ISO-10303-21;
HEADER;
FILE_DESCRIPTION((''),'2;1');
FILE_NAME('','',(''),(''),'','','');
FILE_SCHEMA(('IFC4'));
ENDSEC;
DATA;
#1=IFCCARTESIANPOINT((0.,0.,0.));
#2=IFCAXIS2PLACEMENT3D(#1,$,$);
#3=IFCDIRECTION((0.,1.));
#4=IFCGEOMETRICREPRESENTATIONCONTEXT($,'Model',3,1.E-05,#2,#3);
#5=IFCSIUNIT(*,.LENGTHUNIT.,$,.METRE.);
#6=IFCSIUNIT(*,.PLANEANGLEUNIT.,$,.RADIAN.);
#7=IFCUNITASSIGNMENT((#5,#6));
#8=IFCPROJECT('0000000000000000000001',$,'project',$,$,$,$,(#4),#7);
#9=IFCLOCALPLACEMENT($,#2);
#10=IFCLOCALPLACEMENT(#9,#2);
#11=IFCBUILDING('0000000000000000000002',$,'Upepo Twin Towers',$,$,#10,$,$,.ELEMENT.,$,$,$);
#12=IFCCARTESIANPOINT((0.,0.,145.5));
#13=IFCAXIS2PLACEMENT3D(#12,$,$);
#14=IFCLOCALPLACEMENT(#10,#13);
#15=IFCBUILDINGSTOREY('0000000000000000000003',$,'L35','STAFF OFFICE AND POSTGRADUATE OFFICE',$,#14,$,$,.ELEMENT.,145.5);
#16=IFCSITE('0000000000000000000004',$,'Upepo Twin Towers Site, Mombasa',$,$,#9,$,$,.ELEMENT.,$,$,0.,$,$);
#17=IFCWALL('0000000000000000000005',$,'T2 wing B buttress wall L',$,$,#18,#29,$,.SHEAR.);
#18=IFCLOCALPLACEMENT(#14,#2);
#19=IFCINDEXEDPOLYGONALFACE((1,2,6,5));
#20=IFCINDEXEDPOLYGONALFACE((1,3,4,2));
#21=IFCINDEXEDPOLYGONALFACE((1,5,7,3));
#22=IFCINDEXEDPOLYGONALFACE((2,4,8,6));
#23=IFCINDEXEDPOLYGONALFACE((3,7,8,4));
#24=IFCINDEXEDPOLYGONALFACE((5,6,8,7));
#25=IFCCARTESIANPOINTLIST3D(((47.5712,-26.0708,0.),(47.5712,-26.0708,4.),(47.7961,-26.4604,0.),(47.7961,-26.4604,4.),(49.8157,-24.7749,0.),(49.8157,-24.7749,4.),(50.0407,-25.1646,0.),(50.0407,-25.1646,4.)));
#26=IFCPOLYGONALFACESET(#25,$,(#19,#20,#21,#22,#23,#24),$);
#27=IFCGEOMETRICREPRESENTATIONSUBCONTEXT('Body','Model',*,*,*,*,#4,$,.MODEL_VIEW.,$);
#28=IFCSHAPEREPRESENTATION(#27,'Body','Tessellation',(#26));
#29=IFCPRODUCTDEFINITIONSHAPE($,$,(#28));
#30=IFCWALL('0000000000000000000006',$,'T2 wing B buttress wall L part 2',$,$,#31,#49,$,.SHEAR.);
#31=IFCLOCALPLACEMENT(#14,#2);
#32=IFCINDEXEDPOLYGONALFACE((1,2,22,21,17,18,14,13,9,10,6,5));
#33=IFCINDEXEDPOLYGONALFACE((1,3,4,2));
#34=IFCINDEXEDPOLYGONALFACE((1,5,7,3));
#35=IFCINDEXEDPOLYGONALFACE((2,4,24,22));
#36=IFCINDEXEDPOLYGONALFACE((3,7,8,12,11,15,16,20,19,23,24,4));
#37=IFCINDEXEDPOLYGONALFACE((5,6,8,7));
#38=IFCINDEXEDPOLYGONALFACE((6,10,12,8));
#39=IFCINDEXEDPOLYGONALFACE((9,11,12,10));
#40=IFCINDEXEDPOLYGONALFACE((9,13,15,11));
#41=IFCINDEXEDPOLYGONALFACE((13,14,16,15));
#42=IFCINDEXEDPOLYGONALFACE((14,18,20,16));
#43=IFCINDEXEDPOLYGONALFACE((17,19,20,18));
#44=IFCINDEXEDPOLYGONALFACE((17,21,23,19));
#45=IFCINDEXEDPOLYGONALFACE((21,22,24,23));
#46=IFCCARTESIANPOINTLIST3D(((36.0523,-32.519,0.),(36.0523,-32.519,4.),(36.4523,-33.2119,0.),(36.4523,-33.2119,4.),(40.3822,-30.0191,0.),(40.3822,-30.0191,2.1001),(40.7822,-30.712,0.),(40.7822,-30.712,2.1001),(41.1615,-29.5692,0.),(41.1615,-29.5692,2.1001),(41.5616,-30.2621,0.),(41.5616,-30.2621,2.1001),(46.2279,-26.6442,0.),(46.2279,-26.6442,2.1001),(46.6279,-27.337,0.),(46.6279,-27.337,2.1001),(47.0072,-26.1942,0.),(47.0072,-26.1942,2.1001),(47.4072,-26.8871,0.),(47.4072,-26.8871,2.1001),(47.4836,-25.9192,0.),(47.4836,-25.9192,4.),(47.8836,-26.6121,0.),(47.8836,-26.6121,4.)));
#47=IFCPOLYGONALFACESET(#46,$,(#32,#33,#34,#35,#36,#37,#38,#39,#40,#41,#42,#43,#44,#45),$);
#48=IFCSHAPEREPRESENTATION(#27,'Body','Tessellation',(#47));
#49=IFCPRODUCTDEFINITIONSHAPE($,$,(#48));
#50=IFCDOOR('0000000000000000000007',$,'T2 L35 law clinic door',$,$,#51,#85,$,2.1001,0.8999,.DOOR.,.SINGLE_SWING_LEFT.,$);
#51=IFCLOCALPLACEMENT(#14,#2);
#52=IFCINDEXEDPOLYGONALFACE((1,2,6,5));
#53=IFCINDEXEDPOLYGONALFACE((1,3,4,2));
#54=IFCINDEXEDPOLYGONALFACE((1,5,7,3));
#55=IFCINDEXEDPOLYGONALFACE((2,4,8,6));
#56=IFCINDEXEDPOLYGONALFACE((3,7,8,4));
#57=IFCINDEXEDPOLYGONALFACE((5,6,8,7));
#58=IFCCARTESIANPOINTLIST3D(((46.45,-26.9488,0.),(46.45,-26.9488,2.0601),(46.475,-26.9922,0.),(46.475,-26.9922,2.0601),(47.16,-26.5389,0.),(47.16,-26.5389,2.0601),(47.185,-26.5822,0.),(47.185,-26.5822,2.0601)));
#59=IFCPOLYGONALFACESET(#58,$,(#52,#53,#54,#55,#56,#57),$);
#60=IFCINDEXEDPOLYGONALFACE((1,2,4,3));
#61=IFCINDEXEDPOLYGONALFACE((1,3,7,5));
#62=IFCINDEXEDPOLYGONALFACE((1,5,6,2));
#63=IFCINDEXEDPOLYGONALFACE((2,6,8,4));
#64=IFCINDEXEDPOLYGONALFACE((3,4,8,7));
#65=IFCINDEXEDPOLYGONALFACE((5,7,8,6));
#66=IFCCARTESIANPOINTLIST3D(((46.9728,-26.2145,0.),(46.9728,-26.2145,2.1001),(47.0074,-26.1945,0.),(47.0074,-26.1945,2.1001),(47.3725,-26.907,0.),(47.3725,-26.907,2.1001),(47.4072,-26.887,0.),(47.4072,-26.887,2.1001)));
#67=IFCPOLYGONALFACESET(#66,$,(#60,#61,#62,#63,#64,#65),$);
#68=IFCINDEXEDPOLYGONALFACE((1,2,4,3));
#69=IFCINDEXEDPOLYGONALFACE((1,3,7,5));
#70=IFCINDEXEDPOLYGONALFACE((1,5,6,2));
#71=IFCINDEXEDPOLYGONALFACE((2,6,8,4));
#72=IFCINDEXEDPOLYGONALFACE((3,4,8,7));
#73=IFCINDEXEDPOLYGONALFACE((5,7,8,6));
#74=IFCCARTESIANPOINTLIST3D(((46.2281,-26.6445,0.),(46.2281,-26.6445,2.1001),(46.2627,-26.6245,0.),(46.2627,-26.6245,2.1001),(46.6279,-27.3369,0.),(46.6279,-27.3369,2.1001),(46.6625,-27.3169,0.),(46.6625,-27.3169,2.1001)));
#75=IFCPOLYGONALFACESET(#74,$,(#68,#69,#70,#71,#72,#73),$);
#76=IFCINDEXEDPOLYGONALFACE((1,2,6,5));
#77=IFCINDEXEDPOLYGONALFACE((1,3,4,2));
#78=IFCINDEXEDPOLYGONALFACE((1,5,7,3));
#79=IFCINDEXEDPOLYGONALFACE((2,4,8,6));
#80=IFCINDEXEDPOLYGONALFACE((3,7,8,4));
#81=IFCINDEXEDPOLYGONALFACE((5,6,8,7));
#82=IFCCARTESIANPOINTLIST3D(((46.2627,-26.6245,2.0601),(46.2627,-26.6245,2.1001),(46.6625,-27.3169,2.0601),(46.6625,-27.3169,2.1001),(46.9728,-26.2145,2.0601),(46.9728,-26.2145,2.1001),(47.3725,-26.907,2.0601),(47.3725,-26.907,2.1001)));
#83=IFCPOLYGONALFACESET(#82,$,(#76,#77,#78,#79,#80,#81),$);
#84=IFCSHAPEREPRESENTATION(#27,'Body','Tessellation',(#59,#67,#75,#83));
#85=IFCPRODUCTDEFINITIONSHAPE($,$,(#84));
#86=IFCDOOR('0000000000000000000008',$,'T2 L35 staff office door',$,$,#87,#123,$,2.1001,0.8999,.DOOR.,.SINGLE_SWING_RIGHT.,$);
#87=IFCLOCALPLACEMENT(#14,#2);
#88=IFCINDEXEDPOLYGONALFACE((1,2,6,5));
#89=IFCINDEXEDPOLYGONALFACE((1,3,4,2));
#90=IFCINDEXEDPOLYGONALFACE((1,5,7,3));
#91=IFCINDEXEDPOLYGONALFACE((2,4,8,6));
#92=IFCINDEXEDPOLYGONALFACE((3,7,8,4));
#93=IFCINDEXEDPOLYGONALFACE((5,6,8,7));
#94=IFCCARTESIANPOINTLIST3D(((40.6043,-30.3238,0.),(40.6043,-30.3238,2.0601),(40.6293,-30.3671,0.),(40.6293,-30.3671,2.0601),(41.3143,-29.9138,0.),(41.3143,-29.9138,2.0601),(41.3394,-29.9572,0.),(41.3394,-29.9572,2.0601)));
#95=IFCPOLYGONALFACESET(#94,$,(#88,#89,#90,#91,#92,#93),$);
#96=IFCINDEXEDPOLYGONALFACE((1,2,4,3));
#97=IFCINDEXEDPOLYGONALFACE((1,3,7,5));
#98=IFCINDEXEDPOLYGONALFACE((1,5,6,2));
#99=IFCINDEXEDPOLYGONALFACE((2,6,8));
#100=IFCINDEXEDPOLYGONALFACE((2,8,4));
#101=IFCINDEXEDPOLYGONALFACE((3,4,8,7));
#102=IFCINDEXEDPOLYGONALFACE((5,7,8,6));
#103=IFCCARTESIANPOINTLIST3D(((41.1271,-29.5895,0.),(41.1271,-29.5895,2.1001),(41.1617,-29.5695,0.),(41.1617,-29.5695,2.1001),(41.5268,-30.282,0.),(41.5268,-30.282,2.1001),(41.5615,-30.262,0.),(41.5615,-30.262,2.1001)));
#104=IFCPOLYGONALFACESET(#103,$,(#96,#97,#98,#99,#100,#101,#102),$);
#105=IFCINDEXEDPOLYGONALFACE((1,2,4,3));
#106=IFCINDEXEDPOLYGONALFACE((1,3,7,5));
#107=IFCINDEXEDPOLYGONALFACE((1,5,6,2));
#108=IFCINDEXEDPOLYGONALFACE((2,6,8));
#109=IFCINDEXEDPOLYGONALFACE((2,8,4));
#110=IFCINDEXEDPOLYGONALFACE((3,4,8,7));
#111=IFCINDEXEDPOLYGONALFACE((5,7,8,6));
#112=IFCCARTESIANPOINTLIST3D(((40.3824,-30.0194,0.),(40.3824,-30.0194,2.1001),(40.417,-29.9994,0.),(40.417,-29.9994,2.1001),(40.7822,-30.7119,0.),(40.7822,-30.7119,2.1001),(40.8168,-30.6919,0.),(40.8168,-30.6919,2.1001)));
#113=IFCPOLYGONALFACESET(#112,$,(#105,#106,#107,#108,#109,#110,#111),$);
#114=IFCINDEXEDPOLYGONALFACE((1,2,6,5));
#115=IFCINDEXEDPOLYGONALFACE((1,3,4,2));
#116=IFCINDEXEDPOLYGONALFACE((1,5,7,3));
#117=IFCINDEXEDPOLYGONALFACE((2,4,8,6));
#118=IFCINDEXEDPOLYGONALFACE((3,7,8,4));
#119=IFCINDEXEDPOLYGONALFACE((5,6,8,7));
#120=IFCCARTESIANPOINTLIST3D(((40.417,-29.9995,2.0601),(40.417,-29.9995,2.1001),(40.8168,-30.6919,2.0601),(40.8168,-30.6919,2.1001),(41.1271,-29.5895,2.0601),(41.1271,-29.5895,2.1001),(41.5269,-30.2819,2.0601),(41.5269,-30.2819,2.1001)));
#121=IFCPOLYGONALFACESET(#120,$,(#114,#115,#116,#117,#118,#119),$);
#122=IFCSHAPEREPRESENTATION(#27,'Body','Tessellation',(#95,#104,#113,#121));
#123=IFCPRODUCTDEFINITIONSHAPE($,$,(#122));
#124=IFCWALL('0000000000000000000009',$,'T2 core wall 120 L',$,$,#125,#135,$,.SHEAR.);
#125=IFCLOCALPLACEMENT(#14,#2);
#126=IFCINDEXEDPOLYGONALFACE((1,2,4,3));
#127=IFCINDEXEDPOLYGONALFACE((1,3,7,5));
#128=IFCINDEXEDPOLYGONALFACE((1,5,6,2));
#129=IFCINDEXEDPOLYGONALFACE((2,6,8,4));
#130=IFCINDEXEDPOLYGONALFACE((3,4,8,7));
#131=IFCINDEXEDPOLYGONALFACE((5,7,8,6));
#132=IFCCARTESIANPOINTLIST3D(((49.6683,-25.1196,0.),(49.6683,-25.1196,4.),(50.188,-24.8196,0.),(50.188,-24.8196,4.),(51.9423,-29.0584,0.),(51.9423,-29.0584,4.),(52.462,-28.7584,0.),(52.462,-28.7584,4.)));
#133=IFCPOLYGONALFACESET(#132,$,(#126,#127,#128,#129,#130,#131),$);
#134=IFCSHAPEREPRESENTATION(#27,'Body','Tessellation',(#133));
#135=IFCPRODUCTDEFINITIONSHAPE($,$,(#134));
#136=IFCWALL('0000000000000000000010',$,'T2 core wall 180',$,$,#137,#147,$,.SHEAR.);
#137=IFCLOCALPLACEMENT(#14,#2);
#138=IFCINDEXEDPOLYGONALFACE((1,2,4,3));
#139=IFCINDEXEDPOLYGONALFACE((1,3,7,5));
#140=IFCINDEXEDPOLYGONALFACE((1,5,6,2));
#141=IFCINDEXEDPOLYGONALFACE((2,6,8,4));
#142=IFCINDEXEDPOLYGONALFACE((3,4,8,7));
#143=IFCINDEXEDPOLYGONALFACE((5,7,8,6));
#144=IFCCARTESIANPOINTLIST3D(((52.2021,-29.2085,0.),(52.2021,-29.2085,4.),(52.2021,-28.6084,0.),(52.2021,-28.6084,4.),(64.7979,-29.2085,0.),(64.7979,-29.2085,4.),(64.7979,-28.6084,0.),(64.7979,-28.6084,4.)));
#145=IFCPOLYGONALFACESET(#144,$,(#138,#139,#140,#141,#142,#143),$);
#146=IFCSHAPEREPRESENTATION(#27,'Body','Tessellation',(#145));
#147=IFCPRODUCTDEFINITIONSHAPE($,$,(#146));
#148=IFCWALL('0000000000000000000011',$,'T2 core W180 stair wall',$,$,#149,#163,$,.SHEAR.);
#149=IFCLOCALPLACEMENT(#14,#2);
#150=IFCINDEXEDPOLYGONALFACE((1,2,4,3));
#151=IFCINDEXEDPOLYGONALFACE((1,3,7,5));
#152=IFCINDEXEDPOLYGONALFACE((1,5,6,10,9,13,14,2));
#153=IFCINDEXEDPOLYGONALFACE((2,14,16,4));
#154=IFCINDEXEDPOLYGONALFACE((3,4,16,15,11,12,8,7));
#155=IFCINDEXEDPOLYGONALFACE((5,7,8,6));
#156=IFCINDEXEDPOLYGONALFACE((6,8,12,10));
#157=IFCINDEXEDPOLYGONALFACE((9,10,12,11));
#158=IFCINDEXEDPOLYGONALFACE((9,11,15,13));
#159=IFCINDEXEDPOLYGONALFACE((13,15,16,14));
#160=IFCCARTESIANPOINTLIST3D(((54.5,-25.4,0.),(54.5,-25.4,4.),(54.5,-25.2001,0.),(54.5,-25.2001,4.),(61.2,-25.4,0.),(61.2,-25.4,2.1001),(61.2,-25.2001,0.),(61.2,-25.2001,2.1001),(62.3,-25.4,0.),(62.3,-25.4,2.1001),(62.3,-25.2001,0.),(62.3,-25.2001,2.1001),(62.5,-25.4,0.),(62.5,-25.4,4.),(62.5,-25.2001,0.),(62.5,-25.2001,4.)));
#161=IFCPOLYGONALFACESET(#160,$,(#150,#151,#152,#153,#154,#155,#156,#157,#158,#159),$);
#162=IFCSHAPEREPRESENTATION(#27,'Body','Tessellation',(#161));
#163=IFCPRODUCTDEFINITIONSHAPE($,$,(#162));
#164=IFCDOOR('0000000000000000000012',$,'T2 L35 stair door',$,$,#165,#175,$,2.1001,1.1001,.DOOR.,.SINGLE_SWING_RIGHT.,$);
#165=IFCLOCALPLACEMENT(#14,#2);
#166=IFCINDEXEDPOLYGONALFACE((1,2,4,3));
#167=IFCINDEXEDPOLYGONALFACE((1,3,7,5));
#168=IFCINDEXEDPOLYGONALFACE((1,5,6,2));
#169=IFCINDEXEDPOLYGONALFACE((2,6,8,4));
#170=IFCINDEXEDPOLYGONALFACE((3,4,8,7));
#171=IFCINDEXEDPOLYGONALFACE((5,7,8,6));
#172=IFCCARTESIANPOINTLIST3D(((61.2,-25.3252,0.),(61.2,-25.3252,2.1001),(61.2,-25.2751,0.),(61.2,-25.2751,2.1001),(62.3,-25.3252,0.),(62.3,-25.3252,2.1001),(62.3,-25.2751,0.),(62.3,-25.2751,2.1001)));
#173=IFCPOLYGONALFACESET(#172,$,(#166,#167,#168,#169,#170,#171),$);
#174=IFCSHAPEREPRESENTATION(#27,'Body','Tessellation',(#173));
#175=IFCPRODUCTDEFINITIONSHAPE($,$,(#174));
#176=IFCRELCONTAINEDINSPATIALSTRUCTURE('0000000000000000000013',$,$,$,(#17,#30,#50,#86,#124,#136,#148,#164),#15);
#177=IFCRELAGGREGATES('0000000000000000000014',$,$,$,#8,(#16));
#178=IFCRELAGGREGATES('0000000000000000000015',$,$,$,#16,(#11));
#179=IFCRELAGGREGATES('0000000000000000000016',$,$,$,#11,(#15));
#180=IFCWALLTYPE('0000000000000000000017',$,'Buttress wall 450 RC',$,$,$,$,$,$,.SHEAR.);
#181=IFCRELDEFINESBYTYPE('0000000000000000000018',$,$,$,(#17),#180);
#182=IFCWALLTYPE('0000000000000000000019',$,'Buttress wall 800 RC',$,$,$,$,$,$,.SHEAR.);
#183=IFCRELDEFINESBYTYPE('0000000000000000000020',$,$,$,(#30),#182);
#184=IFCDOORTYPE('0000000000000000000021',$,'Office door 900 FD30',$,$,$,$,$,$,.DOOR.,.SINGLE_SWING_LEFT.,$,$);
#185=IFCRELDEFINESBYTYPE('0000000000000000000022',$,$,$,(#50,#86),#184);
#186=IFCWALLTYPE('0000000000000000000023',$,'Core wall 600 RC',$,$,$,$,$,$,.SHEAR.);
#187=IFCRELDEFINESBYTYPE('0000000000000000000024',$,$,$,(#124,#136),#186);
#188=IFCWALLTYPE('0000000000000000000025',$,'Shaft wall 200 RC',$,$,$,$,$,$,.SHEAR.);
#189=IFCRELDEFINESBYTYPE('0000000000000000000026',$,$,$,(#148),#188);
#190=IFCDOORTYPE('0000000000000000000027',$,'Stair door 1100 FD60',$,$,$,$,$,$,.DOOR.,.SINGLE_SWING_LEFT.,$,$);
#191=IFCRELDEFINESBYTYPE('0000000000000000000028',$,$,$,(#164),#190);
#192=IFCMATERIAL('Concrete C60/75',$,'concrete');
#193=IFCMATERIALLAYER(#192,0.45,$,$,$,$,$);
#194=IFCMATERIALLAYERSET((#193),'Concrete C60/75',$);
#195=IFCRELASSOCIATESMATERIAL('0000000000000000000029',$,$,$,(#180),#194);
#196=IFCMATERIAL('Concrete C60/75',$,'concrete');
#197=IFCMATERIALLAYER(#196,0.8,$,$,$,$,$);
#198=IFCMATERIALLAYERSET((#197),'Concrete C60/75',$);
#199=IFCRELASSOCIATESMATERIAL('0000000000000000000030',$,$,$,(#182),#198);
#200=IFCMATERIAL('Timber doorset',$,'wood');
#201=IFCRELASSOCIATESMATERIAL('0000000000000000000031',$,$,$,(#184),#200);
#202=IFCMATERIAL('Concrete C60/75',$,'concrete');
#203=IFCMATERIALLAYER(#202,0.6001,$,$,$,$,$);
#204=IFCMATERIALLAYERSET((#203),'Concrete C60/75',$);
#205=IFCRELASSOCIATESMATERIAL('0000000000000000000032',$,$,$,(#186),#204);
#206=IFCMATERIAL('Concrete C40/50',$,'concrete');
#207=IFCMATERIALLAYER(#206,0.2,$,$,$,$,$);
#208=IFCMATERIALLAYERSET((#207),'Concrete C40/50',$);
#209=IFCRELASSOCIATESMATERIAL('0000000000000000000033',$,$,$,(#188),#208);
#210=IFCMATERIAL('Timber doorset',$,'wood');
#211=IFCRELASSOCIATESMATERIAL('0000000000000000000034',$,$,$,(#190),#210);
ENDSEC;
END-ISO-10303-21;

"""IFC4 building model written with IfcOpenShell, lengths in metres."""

from ifc_helpers import new_model, si_unit, direction, frame, frame_2d, origin, place, context, subcontext, project, spatial, rectangle, extrude, material, layer, layer_set, type_object, element, fill, save


model = new_model("IFC4")

# Units and contexts
model_context = context("Model", 3, precision=1e-05, world=origin(), true_north=direction((0.0, 1.0)))
body_context = subcontext(model_context, "Body", "Model", "MODEL_VIEW")
ifc_project = project(units=[si_unit("LENGTHUNIT", "METRE"), si_unit("PLANEANGLEUNIT", "RADIAN")], contexts=[model_context])

# Site, building, storey
site_placement = place(None, origin())
site = spatial("IfcSite", under=ifc_project, at=site_placement, Name="Upepo Twin Towers Site, Mombasa", CompositionType="ELEMENT", RefElevation=0.0)
building_placement = place(site_placement, origin())
building = spatial("IfcBuilding", under=site, at=building_placement, Name="Upepo Twin Towers", CompositionType="ELEMENT")
storey_placement = place(building_placement, frame((0.0, 0.0, 145.5)))
storey = spatial("IfcBuildingStorey", under=building, at=storey_placement, Name="L35", Description="STAFF OFFICE AND POSTGRADUATE OFFICE", CompositionType="ELEMENT", Elevation=145.5)

# Wall
ifc_material_1 = material(Name="Concrete C60/75", Category="concrete")
ifc_layer_1 = layer(ifc_material_1, 0.45)
ifc_layer_set_1 = layer_set([ifc_layer_1], Name="Concrete C60/75")
wall_type_1 = type_object("IfcWallType", Name="Buttress wall 450 RC", PredefinedType="SHEAR", material=ifc_layer_set_1)
wall_1_placement = place(storey_placement, frame((49.9282, -24.9697, 0.0), z_axis=(0.0, 0.0, 1.0), x_axis=(-0.866032, -0.499989, 0.0)))
element("IfcWall", 1, at=wall_1_placement, inside=storey, type_object=wall_type_1, Name="T2 wing B buttress wall L", PredefinedType="SHEAR", context=body_context, shape_type="SweptSolid", body=[
    extrude(rectangle(XDim=2.5918, YDim=0.45, at=frame_2d((1.2959, 0.0))), origin(), (0.0, 0.0, 1.0), 4.0),
])

# Wall, openings, doors
ifc_material_2 = material(Name="Concrete C60/75", Category="concrete")
ifc_layer_2 = layer(ifc_material_2, 0.8)
ifc_layer_set_2 = layer_set([ifc_layer_2], Name="Concrete C60/75")
wall_type_2 = type_object("IfcWallType", Name="Buttress wall 800 RC", PredefinedType="SHEAR", material=ifc_layer_set_2)
wall_2_placement = place(storey_placement, frame((47.6836, -26.2656, 0.0), z_axis=(0.0, 0.0, 1.0), x_axis=(-0.866028, -0.499996, 0.0)))
wall_2 = element("IfcWall", 2, at=wall_2_placement, inside=storey, type_object=wall_type_2, Name="T2 wing B buttress wall L part 2", PredefinedType="SHEAR", context=body_context, shape_type="SweptSolid", body=[
    extrude(rectangle(XDim=13.1997, YDim=0.8, at=frame_2d((6.5999, 0.0))), origin(), (0.0, 0.0, 1.0), 4.0),
])
opening_1_placement = place(wall_2_placement, frame((0.55, 0.0, 0.0)))
opening_1 = element("IfcOpeningElement", 3, at=opening_1_placement, cuts=wall_2, PredefinedType="OPENING", context=body_context, shape_type="SweptSolid", body=[
    extrude(rectangle(XDim=0.8999, YDim=2.1001, at=frame_2d((0.45, 1.05))), frame((0.0, 0.4099, 0.0), z_axis=(0.0, -1.0, 0.0), x_axis=(1.0, 0.0, 0.0)), (0.0, 0.0, 1.0), 0.8201),
])
opening_2_placement = place(wall_2_placement, frame((7.3, 0.0, 0.0)))
opening_2 = element("IfcOpeningElement", 4, at=opening_2_placement, cuts=wall_2, PredefinedType="OPENING", context=body_context, shape_type="SweptSolid", body=[
    extrude(rectangle(XDim=0.8999, YDim=2.1001, at=frame_2d((0.45, 1.05))), frame((0.0, 0.4099, 0.0), z_axis=(0.0, -1.0, 0.0), x_axis=(1.0, 0.0, 0.0)), (0.0, 0.0, 1.0), 0.8201),
])
ifc_material_3 = material(Name="Timber doorset", Category="wood")
door_type_1 = type_object("IfcDoorType", Name="Office door 900 FD30", OperationType="SINGLE_SWING_LEFT", PredefinedType="DOOR", material=ifc_material_3)
door_1_placement = place(opening_1_placement, origin())
door_1 = element("IfcDoor", 5, at=door_1_placement, inside=storey, type_object=door_type_1, Name="T2 L35 law clinic door", OperationType="SINGLE_SWING_LEFT", OverallHeight=2.1001, OverallWidth=0.8999, PredefinedType="DOOR", context=body_context, shape_type="SweptSolid", body=[
    extrude(rectangle(XDim=0.8199, YDim=2.0601, at=frame_2d((0.45, 1.03))), frame((0.0, 0.0249, 0.0), z_axis=(0.0, -1.0, 0.0), x_axis=(1.0, 0.0, 0.0)), (0.0, 0.0, 1.0), 0.05),
    extrude(rectangle(XDim=0.04, YDim=2.1001, at=frame_2d((0.02, 1.05))), frame((0.0, 0.3999, 0.0), z_axis=(0.0, -1.0, 0.0), x_axis=(1.0, 0.0, 0.0)), (0.0, 0.0, 1.0), 0.7996),
    extrude(rectangle(XDim=0.04, YDim=2.1001, at=frame_2d((0.8799, 1.05))), frame((0.0, 0.3999, 0.0), z_axis=(0.0, -1.0, 0.0), x_axis=(1.0, 0.0, 0.0)), (0.0, 0.0, 1.0), 0.7996),
    extrude(rectangle(XDim=0.8199, YDim=0.04, at=frame_2d((0.45, 2.0801))), frame((0.0, 0.3999, 0.0), z_axis=(0.0, -1.0, 0.0), x_axis=(1.0, 0.0, 0.0)), (0.0, 0.0, 1.0), 0.7996),
])
fill(opening_1, door_1)
door_2_placement = place(opening_2_placement, origin())
door_2 = element("IfcDoor", 6, at=door_2_placement, inside=storey, type_object=door_type_1, Name="T2 L35 staff office door", OperationType="SINGLE_SWING_RIGHT", OverallHeight=2.1001, OverallWidth=0.8999, PredefinedType="DOOR", context=body_context, shape_type="SweptSolid", body=[
    extrude(rectangle(XDim=0.8199, YDim=2.0601, at=frame_2d((0.45, 1.03))), frame((0.0, 0.0249, 0.0), z_axis=(0.0, -1.0, 0.0), x_axis=(1.0, 0.0, 0.0)), (0.0, 0.0, 1.0), 0.05),
    extrude(rectangle(XDim=0.04, YDim=2.1001, at=frame_2d((0.02, 1.05))), frame((0.0, 0.3999, 0.0), z_axis=(0.0, -1.0, 0.0), x_axis=(1.0, 0.0, 0.0)), (0.0, 0.0, 1.0), 0.7996),
    extrude(rectangle(XDim=0.04, YDim=2.1001, at=frame_2d((0.8799, 1.05))), frame((0.0, 0.3999, 0.0), z_axis=(0.0, -1.0, 0.0), x_axis=(1.0, 0.0, 0.0)), (0.0, 0.0, 1.0), 0.7996),
    extrude(rectangle(XDim=0.8199, YDim=0.04, at=frame_2d((0.45, 2.0801))), frame((0.0, 0.3999, 0.0), z_axis=(0.0, -1.0, 0.0), x_axis=(1.0, 0.0, 0.0)), (0.0, 0.0, 1.0), 0.7996),
])
fill(opening_2, door_2)

# Walls
ifc_material_4 = material(Name="Concrete C60/75", Category="concrete")
ifc_layer_3 = layer(ifc_material_4, 0.6001)
ifc_layer_set_3 = layer_set([ifc_layer_3], Name="Concrete C60/75")
wall_type_3 = type_object("IfcWallType", Name="Core wall 600 RC", PredefinedType="SHEAR", material=ifc_layer_set_3)
wall_3_placement = place(storey_placement, frame((49.9282, -24.9697, 0.0), z_axis=(0.0, 0.0, 1.0), x_axis=(0.499984, -0.866035, 0.0)))
element("IfcWall", 7, at=wall_3_placement, inside=storey, type_object=wall_type_3, Name="T2 core wall 120 L", PredefinedType="SHEAR", context=body_context, shape_type="SweptSolid", body=[
    extrude(rectangle(XDim=4.5481, YDim=0.6001, at=frame_2d((2.2739, 0.0))), origin(), (0.0, 0.0, 1.0), 4.0),
])
wall_4_placement = place(storey_placement, frame((52.2021, -28.9084, 0.0), z_axis=(0.0, 0.0, 1.0), x_axis=(1.0, 0.0, 0.0)))
element("IfcWall", 8, at=wall_4_placement, inside=storey, type_object=wall_type_3, Name="T2 core wall 180", PredefinedType="SHEAR", context=body_context, shape_type="SweptSolid", body=[
    extrude(rectangle(XDim=12.5957, YDim=0.6001, at=frame_2d((6.2979, 0.0))), origin(), (0.0, 0.0, 1.0), 4.0),
])

# Wall, opening, door
ifc_material_5 = material(Name="Concrete C40/50", Category="concrete")
ifc_layer_4 = layer(ifc_material_5, 0.2)
ifc_layer_set_4 = layer_set([ifc_layer_4], Name="Concrete C40/50")
wall_type_4 = type_object("IfcWallType", Name="Shaft wall 200 RC", PredefinedType="SHEAR", material=ifc_layer_set_4)
wall_5_placement = place(storey_placement, frame((54.5, -25.3, 0.0), z_axis=(0.0, 0.0, 1.0), x_axis=(1.0, 0.0, 0.0)))
wall_5 = element("IfcWall", 9, at=wall_5_placement, inside=storey, type_object=wall_type_4, Name="T2 core W180 stair wall", PredefinedType="SHEAR", context=body_context, shape_type="SweptSolid", body=[
    extrude(rectangle(XDim=8.0, YDim=0.2, at=frame_2d((4.0, 0.0))), origin(), (0.0, 0.0, 1.0), 4.0),
])
opening_3_placement = place(wall_5_placement, frame((6.7, 0.0, 0.0)))
opening_3 = element("IfcOpeningElement", 10, at=opening_3_placement, cuts=wall_5, PredefinedType="OPENING", context=body_context, shape_type="SweptSolid", body=[
    extrude(rectangle(XDim=1.1001, YDim=2.1001, at=frame_2d((0.55, 1.05))), frame((0.0, 0.1099, 0.0), z_axis=(0.0, -1.0, 0.0), x_axis=(1.0, 0.0, 0.0)), (0.0, 0.0, 1.0), 0.22),
])
ifc_material_6 = material(Name="Timber doorset", Category="wood")
door_type_2 = type_object("IfcDoorType", Name="Stair door 1100 FD60", OperationType="SINGLE_SWING_LEFT", PredefinedType="DOOR", material=ifc_material_6)
door_3_placement = place(opening_3_placement, origin())
door_3 = element("IfcDoor", 11, at=door_3_placement, inside=storey, type_object=door_type_2, Name="T2 L35 stair door", OperationType="SINGLE_SWING_RIGHT", OverallHeight=2.1001, OverallWidth=1.1001, PredefinedType="DOOR", context=body_context, shape_type="SweptSolid", body=[
    extrude(rectangle(XDim=1.1001, YDim=2.1001, at=frame_2d((0.55, 1.05))), frame((0.0, 0.0249, 0.0), z_axis=(0.0, -1.0, 0.0), x_axis=(1.0, 0.0, 0.0)), (0.0, 0.0, 1.0), 0.05),
])
fill(opening_3, door_3)

save(model, "model.ifc")
